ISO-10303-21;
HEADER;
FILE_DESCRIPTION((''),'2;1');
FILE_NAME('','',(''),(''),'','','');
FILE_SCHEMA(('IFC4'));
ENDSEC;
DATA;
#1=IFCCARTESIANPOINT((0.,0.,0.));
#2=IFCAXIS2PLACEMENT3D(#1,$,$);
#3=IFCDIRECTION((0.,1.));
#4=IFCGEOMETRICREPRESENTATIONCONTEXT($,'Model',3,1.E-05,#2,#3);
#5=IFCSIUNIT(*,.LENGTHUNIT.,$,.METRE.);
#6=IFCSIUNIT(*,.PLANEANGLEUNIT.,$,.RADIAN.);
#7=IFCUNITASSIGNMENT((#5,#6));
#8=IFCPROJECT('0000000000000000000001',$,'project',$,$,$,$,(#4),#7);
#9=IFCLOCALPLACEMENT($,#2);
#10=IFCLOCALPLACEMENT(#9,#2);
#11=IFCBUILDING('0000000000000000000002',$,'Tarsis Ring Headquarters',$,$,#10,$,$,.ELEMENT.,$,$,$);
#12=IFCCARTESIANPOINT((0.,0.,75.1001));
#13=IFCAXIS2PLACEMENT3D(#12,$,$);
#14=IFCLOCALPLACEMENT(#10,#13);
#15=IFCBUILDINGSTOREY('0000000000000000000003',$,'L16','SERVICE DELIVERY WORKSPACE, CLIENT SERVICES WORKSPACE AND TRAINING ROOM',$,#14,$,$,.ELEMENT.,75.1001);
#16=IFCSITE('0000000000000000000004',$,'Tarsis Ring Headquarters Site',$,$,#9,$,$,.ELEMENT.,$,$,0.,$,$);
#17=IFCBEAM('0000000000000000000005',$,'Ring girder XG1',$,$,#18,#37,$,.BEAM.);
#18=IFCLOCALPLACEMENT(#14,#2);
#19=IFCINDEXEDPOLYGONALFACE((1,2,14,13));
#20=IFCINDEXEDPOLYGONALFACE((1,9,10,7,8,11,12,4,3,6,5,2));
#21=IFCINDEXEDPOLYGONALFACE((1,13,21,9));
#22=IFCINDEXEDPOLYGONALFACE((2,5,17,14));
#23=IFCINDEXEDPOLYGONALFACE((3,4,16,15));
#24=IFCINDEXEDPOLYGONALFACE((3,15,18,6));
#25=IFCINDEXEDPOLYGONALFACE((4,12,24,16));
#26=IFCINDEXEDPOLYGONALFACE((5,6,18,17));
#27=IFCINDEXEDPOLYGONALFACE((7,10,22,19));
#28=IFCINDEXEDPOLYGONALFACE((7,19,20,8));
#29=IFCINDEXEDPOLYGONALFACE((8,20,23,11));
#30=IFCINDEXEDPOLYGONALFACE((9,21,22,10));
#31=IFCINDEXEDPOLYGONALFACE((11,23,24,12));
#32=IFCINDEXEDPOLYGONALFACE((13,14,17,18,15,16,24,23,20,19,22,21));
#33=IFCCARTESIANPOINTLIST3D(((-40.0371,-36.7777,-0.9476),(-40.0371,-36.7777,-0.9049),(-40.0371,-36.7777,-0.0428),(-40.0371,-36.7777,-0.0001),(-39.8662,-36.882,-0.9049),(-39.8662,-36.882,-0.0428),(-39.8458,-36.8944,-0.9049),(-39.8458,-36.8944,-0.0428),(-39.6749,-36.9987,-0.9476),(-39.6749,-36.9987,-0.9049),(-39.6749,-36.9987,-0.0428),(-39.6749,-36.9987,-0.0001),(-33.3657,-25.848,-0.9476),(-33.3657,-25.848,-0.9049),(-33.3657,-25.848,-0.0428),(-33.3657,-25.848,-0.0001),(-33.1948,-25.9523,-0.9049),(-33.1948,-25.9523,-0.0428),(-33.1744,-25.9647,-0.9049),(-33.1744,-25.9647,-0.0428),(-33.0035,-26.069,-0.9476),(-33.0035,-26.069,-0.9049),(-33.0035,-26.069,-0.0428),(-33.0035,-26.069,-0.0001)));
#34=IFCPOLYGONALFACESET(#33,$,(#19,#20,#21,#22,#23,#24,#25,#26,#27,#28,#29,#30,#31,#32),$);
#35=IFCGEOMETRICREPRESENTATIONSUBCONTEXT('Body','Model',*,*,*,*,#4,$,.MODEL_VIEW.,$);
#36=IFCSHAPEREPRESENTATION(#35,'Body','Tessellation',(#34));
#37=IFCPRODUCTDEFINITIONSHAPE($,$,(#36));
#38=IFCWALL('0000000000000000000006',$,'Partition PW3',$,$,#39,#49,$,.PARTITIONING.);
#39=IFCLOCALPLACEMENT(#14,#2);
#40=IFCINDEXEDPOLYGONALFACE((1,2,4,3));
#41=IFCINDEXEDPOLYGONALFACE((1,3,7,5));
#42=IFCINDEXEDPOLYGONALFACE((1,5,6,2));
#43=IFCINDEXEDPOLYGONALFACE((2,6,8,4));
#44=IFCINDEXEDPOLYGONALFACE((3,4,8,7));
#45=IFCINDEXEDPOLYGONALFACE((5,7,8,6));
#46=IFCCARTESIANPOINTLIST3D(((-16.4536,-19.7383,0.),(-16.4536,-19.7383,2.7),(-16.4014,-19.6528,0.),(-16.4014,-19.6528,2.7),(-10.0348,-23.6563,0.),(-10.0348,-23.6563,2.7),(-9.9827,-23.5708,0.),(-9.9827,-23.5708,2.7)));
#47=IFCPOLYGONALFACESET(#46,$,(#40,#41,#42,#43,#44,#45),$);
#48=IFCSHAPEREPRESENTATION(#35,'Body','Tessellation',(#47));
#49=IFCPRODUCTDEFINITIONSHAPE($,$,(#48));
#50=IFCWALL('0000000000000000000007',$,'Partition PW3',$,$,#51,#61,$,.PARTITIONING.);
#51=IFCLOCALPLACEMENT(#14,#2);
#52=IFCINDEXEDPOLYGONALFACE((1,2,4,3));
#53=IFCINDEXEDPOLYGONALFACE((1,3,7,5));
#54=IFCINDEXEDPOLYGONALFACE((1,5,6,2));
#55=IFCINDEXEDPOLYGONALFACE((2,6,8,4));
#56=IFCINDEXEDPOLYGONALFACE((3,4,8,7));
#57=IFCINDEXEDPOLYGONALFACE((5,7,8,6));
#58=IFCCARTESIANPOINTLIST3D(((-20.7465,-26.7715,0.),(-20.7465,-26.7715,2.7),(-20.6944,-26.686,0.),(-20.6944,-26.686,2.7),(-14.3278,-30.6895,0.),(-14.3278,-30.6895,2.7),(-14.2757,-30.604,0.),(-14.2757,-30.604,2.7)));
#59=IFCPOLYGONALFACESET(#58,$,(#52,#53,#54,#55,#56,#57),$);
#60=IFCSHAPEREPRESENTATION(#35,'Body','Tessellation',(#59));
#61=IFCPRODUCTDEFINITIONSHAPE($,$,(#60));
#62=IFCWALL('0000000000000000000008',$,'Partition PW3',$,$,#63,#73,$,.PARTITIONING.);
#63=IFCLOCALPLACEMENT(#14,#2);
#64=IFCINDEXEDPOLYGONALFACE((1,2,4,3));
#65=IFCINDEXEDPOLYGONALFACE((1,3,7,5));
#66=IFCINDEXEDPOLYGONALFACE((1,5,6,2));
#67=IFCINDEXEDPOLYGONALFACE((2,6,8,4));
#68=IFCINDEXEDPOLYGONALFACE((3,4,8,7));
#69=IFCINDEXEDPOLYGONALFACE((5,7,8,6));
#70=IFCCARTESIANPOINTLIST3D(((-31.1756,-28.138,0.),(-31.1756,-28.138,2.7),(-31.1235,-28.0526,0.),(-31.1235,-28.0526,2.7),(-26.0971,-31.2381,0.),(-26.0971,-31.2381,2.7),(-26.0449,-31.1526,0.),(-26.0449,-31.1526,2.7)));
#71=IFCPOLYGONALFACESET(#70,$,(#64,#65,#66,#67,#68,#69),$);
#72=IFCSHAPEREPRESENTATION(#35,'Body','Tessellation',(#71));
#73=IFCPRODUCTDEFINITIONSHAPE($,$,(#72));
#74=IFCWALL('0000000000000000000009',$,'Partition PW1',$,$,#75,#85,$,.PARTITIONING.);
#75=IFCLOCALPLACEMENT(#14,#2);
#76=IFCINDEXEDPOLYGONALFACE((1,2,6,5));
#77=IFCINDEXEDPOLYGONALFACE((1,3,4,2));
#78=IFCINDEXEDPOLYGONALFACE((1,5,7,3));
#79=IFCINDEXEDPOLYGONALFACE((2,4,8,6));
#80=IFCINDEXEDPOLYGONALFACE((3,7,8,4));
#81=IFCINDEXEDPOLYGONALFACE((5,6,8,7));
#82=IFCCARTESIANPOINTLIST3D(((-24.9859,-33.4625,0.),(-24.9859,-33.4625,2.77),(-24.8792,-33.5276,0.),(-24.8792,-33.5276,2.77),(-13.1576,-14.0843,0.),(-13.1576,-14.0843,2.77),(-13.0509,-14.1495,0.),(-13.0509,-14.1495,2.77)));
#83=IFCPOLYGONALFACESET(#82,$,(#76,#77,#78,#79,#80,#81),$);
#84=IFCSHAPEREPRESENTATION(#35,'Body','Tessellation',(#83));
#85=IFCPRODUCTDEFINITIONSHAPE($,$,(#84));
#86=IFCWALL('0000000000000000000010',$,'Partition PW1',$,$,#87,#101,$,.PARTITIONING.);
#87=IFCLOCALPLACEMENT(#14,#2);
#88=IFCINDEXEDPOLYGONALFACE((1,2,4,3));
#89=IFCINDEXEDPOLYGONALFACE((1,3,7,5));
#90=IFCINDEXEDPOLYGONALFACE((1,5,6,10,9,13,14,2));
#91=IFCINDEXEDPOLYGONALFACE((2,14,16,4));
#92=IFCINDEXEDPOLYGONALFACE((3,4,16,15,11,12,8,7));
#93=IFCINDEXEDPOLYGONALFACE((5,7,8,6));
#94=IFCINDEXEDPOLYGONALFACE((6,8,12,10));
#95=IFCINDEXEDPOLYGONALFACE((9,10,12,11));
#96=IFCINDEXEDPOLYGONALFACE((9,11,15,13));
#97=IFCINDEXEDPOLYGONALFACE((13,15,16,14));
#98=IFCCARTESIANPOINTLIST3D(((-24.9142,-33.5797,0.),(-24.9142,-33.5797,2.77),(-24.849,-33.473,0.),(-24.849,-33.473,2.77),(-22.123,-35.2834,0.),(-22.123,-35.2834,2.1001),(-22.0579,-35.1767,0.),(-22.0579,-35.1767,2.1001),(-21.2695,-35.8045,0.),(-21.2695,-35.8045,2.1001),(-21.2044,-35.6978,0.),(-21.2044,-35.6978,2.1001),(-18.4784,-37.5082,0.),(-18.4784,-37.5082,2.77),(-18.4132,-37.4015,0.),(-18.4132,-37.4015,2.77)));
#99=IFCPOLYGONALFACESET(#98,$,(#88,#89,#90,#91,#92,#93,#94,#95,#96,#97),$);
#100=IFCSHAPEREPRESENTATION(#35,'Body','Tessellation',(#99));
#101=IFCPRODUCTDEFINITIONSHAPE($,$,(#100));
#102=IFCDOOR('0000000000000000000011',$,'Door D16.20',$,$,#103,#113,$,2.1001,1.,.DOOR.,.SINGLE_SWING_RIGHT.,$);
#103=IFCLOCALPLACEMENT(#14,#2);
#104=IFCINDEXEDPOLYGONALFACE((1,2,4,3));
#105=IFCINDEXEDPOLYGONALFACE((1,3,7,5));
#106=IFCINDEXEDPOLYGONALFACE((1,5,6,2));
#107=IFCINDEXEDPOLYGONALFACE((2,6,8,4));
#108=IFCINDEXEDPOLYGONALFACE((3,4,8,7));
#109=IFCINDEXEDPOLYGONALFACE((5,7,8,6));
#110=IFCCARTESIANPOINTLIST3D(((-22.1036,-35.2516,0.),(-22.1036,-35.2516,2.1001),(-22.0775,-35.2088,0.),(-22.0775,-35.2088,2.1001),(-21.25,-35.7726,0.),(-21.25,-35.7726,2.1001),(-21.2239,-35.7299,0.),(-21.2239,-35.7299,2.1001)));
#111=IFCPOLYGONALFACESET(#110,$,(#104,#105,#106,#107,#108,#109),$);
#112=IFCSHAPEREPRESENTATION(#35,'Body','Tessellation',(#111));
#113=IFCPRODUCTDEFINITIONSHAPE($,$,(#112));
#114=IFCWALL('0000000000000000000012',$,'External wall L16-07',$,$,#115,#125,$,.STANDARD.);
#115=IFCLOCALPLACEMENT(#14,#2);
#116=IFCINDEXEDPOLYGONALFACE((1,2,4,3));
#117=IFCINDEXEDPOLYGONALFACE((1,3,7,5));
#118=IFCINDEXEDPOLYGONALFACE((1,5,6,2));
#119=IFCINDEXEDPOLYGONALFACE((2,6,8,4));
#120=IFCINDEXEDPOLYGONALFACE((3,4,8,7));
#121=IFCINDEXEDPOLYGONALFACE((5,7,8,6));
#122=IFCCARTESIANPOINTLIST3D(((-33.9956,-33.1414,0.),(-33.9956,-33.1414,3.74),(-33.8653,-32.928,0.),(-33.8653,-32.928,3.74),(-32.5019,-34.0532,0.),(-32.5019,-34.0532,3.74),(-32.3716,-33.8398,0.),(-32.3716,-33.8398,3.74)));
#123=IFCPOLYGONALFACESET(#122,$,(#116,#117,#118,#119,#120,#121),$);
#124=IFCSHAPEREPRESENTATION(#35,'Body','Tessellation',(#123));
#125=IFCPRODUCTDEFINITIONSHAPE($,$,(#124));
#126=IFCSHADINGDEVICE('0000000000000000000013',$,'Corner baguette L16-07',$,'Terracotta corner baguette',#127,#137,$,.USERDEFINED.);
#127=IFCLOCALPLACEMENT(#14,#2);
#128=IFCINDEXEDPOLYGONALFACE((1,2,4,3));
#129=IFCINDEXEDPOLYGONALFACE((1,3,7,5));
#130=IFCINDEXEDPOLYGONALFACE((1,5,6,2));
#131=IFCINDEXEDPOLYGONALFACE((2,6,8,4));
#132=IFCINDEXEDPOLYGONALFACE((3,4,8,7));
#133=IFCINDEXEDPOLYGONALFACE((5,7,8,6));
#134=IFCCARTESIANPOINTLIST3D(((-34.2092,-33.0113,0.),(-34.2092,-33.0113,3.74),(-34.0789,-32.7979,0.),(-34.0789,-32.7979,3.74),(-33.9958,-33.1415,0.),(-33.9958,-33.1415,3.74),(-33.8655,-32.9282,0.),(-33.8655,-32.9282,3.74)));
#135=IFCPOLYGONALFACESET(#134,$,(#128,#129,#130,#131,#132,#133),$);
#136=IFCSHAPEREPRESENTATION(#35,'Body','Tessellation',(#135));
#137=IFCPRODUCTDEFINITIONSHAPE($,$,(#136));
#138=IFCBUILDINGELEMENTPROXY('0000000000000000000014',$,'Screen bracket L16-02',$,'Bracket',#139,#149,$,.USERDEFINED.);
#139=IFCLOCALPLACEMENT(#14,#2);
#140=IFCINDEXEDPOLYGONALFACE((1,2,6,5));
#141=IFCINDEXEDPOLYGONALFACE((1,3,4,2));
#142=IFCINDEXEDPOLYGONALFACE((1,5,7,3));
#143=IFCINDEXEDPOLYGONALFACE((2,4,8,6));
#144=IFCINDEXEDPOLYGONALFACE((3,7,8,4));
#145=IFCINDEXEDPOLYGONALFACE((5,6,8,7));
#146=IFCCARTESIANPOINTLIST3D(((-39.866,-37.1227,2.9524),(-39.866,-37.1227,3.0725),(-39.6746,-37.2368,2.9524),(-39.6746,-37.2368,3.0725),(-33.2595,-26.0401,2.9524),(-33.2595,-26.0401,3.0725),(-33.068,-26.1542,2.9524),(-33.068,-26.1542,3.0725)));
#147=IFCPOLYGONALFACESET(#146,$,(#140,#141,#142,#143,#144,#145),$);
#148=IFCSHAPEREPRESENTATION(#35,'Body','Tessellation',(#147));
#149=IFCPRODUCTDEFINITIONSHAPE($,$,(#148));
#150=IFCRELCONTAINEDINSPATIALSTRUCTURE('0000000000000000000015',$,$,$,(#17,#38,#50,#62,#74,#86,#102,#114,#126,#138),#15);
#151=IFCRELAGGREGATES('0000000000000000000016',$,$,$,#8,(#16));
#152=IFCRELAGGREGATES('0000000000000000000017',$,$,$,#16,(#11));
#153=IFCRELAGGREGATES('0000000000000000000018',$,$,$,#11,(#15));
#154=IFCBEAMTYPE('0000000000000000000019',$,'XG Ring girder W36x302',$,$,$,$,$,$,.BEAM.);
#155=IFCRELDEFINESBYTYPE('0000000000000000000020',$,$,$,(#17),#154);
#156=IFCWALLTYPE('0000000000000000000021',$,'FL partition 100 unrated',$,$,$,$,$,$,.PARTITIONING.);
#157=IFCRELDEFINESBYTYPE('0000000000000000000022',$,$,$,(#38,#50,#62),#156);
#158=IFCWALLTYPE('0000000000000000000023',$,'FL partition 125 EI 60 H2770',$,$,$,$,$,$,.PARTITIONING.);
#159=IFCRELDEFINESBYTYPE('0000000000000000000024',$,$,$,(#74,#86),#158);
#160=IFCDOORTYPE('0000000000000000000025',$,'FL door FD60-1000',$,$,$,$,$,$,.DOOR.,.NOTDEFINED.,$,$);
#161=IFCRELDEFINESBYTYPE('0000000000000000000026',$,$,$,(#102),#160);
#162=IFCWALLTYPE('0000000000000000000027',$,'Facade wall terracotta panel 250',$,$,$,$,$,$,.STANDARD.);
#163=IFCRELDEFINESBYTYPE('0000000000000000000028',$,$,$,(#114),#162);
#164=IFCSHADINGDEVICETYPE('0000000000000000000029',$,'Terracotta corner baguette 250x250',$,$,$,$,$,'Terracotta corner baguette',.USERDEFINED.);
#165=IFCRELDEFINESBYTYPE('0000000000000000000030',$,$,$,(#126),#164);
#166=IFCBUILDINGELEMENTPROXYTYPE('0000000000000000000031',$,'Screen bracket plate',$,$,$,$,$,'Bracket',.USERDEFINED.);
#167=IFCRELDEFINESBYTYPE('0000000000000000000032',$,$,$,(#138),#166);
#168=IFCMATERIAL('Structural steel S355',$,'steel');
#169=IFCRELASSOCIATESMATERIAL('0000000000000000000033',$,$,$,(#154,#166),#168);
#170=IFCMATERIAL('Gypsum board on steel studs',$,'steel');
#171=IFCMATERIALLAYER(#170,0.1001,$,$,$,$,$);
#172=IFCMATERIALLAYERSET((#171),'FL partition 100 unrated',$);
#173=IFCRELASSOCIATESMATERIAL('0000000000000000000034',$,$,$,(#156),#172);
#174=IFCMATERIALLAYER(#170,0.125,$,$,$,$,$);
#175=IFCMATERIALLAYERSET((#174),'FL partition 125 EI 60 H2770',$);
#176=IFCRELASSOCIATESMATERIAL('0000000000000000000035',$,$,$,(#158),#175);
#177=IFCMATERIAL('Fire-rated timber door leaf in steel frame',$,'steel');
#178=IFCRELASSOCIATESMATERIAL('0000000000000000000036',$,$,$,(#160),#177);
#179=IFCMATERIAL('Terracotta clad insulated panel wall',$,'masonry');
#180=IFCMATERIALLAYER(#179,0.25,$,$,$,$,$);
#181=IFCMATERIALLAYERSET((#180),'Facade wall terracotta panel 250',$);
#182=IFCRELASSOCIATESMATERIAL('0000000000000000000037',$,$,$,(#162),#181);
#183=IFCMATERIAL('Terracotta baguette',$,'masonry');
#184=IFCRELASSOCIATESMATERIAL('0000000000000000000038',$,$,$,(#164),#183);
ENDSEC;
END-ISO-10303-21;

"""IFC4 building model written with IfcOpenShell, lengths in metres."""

from ifc_helpers import new_model, si_unit, direction, frame, frame_2d, origin, origin_2d, place, context, subcontext, project, spatial, rectangle, i_section, extrude, material, layer, layer_set, material_profile, profile_set, type_object, element, fill, save


model = new_model("IFC4")

# Units and contexts
model_context = context("Model", 3, precision=1e-05, world=origin(), true_north=direction((0.0, 1.0)))
body_context = subcontext(model_context, "Body", "Model", "MODEL_VIEW")
ifc_project = project(units=[si_unit("LENGTHUNIT", "METRE"), si_unit("PLANEANGLEUNIT", "RADIAN")], contexts=[model_context])

# Site, building, storey
site_placement = place(None, origin())
site = spatial("IfcSite", under=ifc_project, at=site_placement, Name="Tarsis Ring Headquarters Site", CompositionType="ELEMENT", RefElevation=0.0)
building_placement = place(site_placement, origin())
building = spatial("IfcBuilding", under=site, at=building_placement, Name="Tarsis Ring Headquarters", CompositionType="ELEMENT")
storey_placement = place(building_placement, frame((0.0, 0.0, 75.1001)))
storey = spatial("IfcBuildingStorey", under=building, at=storey_placement, Name="L16", Description="SERVICE DELIVERY WORKSPACE, CLIENT SERVICES WORKSPACE AND TRAINING ROOM", CompositionType="ELEMENT", Elevation=75.1001)

# Beam
ifc_material_1 = material(Name="Structural steel S355", Category="steel")
ifc_material_profile_1 = material_profile(ifc_material_1, i_section(OverallWidth=0.4243, OverallDepth=0.9475, WebThickness=0.0239, FlangeThickness=0.0427, at=origin_2d()), Name="W36x302")
ifc_profile_set_1 = profile_set([ifc_material_profile_1], Name="Structural steel S355")
beam_type_1 = type_object("IfcBeamType", Name="XG Ring girder W36x302", PredefinedType="BEAM", material=ifc_profile_set_1)
beam_placement = place(storey_placement, frame((-33.1846, -25.9585, -0.4739), z_axis=(-0.521003, -0.853555, 0.0), x_axis=(0.853555, -0.521003, 0.0)))
element("IfcBeam", 1, at=beam_placement, inside=storey, type_object=beam_type_1, Name="Ring girder XG1", PredefinedType="BEAM", context=body_context, shape_type="SweptSolid", body=[
    extrude(i_section(OverallWidth=0.4243, OverallDepth=0.9475, WebThickness=0.0239, FlangeThickness=0.0427, at=origin_2d()), origin(), (0.0, 0.0, 1.0), 12.8049),
])

# Walls
ifc_material_2 = material(Name="Gypsum board on steel studs", Category="steel")
ifc_layer_1 = layer(ifc_material_2, 0.1001)
ifc_layer_set_1 = layer_set([ifc_layer_1], Name="FL partition 100 unrated")
wall_type_1 = type_object("IfcWallType", Name="FL partition 100 unrated", PredefinedType="PARTITIONING", material=ifc_layer_set_1)
for number, where, z_axis, x_axis, name in (
    (2, (-16.4275, -19.6956, 0.0), (0.0, 0.0, 1.0), (0.853552, -0.521007, 0.0), "Partition PW3"),
    (3, (-20.7205, -26.7288, 0.0), (0.0, 0.0, 1.0), (0.853552, -0.521007, 0.0), "Partition PW3"),
):
    element("IfcWall", number, at=place(storey_placement, frame(where, z_axis=z_axis, x_axis=x_axis)), inside=storey, type_object=wall_type_1, Name=name, PredefinedType="PARTITIONING", context=body_context, shape_type="SweptSolid", body=[
        extrude(rectangle(XDim=7.52, YDim=0.1001, at=frame_2d((3.76, 0.0))), origin(), (0.0, 0.0, 1.0), 2.7),
    ])
wall_1_placement = place(storey_placement, frame((-31.1497, -28.0952, 0.0), z_axis=(0.0, 0.0, 1.0), x_axis=(0.853543, -0.521022, 0.0)))
element("IfcWall", 4, at=wall_1_placement, inside=storey, type_object=wall_type_1, Name="Partition PW3", PredefinedType="PARTITIONING", context=body_context, shape_type="SweptSolid", body=[
    extrude(rectangle(XDim=5.95, YDim=0.1001, at=frame_2d((2.9751, 0.0))), origin(), (0.0, 0.0, 1.0), 2.7),
])
ifc_layer_2 = layer(ifc_material_2, 0.125)
ifc_layer_set_2 = layer_set([ifc_layer_2], Name="FL partition 125 EI 60 H2770")
wall_type_2 = type_object("IfcWallType", Name="FL partition 125 EI 60 H2770", PredefinedType="PARTITIONING", material=ifc_layer_set_2)
wall_2_placement = place(storey_placement, frame((-24.9326, -33.4951, 0.0), z_axis=(0.0, 0.0, 1.0), x_axis=(0.521006, 0.853553, 0.0)))
element("IfcWall", 5, at=wall_2_placement, inside=storey, type_object=wall_type_2, Name="Partition PW1", PredefinedType="PARTITIONING", context=body_context, shape_type="SweptSolid", body=[
    extrude(rectangle(XDim=22.7029, YDim=0.125, at=frame_2d((11.3516, 0.0))), origin(), (0.0, 0.0, 1.0), 2.77),
])

# Wall, opening, door
wall_3_placement = place(storey_placement, frame((-24.8816, -33.5264, 0.0), z_axis=(0.0, 0.0, 1.0), x_axis=(0.853548, -0.521014, 0.0)))
wall_3 = element("IfcWall", 6, at=wall_3_placement, inside=storey, type_object=wall_type_2, Name="Partition PW1", PredefinedType="PARTITIONING", context=body_context, shape_type="SweptSolid", body=[
    extrude(rectangle(XDim=7.54, YDim=0.125, at=frame_2d((3.77, 0.0))), origin(), (0.0, 0.0, 1.0), 2.77),
])
opening_placement = place(wall_3_placement, frame((3.27, 0.0, 0.0)))
opening = element("IfcOpeningElement", 7, at=opening_placement, cuts=wall_3, PredefinedType="OPENING", context=body_context, shape_type="SweptSolid", body=[
    extrude(rectangle(XDim=1.0, YDim=2.1001, at=frame_2d((0.5, 1.05))), frame((0.0, 0.0725, 0.0), z_axis=(0.0, -1.0, 0.0), x_axis=(1.0, 0.0, 0.0)), (0.0, 0.0, 1.0), 0.145),
])
ifc_material_3 = material(Name="Fire-rated timber door leaf in steel frame", Category="steel")
door_type = type_object("IfcDoorType", Name="FL door FD60-1000", OperationType="NOTDEFINED", PredefinedType="DOOR", material=ifc_material_3)
door_placement = place(opening_placement, origin())
door = element("IfcDoor", 8, at=door_placement, inside=storey, type_object=door_type, Name="Door D16.20", OperationType="SINGLE_SWING_RIGHT", OverallHeight=2.1001, OverallWidth=1.0, PredefinedType="DOOR", context=body_context, shape_type="SweptSolid", body=[
    extrude(rectangle(XDim=1.0, YDim=2.1001, at=frame_2d((0.5, 1.05))), frame((0.0, 0.0249, 0.0), z_axis=(0.0, -1.0, 0.0), x_axis=(1.0, 0.0, 0.0)), (0.0, 0.0, 1.0), 0.05),
])
fill(opening, door)

# Wall
ifc_material_4 = material(Name="Terracotta clad insulated panel wall", Category="masonry")
ifc_layer_3 = layer(ifc_material_4, 0.25)
ifc_layer_set_3 = layer_set([ifc_layer_3], Name="Facade wall terracotta panel 250")
wall_type_3 = type_object("IfcWallType", Name="Facade wall terracotta panel 250", PredefinedType="STANDARD", material=ifc_layer_set_3)
wall_4_placement = place(storey_placement, frame((-33.9304, -33.0347, 0.0), z_axis=(0.0, 0.0, 1.0), x_axis=(0.853516, -0.521066, 0.0)))
element("IfcWall", 9, at=wall_4_placement, inside=storey, type_object=wall_type_3, Name="External wall L16-07", PredefinedType="STANDARD", context=body_context, shape_type="SweptSolid", body=[
    extrude(rectangle(XDim=1.75, YDim=0.25, at=frame_2d((0.875, 0.0))), origin(), (0.0, 0.0, 1.0), 3.74),
])

# Shading device
ifc_material_5 = material(Name="Terracotta baguette", Category="masonry")
shading_device_type_1 = type_object("IfcShadingDeviceType", Name="Terracotta corner baguette 250x250", ElementType="Terracotta corner baguette", PredefinedType="USERDEFINED", material=ifc_material_5)
shading_device_1_placement = place(storey_placement, frame((-34.0374, -32.9697, 0.0), z_axis=(0.0, 0.0, 1.0), x_axis=(-0.52101, -0.853551, 0.0)))
element("IfcShadingDevice", 10, at=shading_device_1_placement, inside=storey, type_object=shading_device_type_1, Name="Corner baguette L16-07", ObjectType="Terracotta corner baguette", PredefinedType="USERDEFINED", context=body_context, shape_type="SweptSolid", body=[
    extrude(rectangle(XDim=0.25, YDim=0.25, at=origin_2d()), origin(), (0.0, 0.0, 1.0), 3.74),
])

# Building element proxy
building_element_proxy_type = type_object("IfcBuildingElementProxyType", Name="Screen bracket plate", ElementType="Bracket", PredefinedType="USERDEFINED", material=ifc_material_1)
proxy_placement = place(storey_placement, frame((-36.467, -31.6384, 2.9524), z_axis=(0.0, 0.0, 1.0), x_axis=(-0.512043, -0.85896, 0.0)))
element("IfcBuildingElementProxy", 11, at=proxy_placement, inside=storey, type_object=building_element_proxy_type, Name="Screen bracket L16-02", ObjectType="Bracket", PredefinedType="USERDEFINED", context=body_context, shape_type="SweptSolid", body=[
    extrude(rectangle(XDim=12.9023, YDim=0.2229, at=origin_2d()), origin(), (0.0, 0.0, 1.0), 0.1201),
])

save(model, "model.ifc")
